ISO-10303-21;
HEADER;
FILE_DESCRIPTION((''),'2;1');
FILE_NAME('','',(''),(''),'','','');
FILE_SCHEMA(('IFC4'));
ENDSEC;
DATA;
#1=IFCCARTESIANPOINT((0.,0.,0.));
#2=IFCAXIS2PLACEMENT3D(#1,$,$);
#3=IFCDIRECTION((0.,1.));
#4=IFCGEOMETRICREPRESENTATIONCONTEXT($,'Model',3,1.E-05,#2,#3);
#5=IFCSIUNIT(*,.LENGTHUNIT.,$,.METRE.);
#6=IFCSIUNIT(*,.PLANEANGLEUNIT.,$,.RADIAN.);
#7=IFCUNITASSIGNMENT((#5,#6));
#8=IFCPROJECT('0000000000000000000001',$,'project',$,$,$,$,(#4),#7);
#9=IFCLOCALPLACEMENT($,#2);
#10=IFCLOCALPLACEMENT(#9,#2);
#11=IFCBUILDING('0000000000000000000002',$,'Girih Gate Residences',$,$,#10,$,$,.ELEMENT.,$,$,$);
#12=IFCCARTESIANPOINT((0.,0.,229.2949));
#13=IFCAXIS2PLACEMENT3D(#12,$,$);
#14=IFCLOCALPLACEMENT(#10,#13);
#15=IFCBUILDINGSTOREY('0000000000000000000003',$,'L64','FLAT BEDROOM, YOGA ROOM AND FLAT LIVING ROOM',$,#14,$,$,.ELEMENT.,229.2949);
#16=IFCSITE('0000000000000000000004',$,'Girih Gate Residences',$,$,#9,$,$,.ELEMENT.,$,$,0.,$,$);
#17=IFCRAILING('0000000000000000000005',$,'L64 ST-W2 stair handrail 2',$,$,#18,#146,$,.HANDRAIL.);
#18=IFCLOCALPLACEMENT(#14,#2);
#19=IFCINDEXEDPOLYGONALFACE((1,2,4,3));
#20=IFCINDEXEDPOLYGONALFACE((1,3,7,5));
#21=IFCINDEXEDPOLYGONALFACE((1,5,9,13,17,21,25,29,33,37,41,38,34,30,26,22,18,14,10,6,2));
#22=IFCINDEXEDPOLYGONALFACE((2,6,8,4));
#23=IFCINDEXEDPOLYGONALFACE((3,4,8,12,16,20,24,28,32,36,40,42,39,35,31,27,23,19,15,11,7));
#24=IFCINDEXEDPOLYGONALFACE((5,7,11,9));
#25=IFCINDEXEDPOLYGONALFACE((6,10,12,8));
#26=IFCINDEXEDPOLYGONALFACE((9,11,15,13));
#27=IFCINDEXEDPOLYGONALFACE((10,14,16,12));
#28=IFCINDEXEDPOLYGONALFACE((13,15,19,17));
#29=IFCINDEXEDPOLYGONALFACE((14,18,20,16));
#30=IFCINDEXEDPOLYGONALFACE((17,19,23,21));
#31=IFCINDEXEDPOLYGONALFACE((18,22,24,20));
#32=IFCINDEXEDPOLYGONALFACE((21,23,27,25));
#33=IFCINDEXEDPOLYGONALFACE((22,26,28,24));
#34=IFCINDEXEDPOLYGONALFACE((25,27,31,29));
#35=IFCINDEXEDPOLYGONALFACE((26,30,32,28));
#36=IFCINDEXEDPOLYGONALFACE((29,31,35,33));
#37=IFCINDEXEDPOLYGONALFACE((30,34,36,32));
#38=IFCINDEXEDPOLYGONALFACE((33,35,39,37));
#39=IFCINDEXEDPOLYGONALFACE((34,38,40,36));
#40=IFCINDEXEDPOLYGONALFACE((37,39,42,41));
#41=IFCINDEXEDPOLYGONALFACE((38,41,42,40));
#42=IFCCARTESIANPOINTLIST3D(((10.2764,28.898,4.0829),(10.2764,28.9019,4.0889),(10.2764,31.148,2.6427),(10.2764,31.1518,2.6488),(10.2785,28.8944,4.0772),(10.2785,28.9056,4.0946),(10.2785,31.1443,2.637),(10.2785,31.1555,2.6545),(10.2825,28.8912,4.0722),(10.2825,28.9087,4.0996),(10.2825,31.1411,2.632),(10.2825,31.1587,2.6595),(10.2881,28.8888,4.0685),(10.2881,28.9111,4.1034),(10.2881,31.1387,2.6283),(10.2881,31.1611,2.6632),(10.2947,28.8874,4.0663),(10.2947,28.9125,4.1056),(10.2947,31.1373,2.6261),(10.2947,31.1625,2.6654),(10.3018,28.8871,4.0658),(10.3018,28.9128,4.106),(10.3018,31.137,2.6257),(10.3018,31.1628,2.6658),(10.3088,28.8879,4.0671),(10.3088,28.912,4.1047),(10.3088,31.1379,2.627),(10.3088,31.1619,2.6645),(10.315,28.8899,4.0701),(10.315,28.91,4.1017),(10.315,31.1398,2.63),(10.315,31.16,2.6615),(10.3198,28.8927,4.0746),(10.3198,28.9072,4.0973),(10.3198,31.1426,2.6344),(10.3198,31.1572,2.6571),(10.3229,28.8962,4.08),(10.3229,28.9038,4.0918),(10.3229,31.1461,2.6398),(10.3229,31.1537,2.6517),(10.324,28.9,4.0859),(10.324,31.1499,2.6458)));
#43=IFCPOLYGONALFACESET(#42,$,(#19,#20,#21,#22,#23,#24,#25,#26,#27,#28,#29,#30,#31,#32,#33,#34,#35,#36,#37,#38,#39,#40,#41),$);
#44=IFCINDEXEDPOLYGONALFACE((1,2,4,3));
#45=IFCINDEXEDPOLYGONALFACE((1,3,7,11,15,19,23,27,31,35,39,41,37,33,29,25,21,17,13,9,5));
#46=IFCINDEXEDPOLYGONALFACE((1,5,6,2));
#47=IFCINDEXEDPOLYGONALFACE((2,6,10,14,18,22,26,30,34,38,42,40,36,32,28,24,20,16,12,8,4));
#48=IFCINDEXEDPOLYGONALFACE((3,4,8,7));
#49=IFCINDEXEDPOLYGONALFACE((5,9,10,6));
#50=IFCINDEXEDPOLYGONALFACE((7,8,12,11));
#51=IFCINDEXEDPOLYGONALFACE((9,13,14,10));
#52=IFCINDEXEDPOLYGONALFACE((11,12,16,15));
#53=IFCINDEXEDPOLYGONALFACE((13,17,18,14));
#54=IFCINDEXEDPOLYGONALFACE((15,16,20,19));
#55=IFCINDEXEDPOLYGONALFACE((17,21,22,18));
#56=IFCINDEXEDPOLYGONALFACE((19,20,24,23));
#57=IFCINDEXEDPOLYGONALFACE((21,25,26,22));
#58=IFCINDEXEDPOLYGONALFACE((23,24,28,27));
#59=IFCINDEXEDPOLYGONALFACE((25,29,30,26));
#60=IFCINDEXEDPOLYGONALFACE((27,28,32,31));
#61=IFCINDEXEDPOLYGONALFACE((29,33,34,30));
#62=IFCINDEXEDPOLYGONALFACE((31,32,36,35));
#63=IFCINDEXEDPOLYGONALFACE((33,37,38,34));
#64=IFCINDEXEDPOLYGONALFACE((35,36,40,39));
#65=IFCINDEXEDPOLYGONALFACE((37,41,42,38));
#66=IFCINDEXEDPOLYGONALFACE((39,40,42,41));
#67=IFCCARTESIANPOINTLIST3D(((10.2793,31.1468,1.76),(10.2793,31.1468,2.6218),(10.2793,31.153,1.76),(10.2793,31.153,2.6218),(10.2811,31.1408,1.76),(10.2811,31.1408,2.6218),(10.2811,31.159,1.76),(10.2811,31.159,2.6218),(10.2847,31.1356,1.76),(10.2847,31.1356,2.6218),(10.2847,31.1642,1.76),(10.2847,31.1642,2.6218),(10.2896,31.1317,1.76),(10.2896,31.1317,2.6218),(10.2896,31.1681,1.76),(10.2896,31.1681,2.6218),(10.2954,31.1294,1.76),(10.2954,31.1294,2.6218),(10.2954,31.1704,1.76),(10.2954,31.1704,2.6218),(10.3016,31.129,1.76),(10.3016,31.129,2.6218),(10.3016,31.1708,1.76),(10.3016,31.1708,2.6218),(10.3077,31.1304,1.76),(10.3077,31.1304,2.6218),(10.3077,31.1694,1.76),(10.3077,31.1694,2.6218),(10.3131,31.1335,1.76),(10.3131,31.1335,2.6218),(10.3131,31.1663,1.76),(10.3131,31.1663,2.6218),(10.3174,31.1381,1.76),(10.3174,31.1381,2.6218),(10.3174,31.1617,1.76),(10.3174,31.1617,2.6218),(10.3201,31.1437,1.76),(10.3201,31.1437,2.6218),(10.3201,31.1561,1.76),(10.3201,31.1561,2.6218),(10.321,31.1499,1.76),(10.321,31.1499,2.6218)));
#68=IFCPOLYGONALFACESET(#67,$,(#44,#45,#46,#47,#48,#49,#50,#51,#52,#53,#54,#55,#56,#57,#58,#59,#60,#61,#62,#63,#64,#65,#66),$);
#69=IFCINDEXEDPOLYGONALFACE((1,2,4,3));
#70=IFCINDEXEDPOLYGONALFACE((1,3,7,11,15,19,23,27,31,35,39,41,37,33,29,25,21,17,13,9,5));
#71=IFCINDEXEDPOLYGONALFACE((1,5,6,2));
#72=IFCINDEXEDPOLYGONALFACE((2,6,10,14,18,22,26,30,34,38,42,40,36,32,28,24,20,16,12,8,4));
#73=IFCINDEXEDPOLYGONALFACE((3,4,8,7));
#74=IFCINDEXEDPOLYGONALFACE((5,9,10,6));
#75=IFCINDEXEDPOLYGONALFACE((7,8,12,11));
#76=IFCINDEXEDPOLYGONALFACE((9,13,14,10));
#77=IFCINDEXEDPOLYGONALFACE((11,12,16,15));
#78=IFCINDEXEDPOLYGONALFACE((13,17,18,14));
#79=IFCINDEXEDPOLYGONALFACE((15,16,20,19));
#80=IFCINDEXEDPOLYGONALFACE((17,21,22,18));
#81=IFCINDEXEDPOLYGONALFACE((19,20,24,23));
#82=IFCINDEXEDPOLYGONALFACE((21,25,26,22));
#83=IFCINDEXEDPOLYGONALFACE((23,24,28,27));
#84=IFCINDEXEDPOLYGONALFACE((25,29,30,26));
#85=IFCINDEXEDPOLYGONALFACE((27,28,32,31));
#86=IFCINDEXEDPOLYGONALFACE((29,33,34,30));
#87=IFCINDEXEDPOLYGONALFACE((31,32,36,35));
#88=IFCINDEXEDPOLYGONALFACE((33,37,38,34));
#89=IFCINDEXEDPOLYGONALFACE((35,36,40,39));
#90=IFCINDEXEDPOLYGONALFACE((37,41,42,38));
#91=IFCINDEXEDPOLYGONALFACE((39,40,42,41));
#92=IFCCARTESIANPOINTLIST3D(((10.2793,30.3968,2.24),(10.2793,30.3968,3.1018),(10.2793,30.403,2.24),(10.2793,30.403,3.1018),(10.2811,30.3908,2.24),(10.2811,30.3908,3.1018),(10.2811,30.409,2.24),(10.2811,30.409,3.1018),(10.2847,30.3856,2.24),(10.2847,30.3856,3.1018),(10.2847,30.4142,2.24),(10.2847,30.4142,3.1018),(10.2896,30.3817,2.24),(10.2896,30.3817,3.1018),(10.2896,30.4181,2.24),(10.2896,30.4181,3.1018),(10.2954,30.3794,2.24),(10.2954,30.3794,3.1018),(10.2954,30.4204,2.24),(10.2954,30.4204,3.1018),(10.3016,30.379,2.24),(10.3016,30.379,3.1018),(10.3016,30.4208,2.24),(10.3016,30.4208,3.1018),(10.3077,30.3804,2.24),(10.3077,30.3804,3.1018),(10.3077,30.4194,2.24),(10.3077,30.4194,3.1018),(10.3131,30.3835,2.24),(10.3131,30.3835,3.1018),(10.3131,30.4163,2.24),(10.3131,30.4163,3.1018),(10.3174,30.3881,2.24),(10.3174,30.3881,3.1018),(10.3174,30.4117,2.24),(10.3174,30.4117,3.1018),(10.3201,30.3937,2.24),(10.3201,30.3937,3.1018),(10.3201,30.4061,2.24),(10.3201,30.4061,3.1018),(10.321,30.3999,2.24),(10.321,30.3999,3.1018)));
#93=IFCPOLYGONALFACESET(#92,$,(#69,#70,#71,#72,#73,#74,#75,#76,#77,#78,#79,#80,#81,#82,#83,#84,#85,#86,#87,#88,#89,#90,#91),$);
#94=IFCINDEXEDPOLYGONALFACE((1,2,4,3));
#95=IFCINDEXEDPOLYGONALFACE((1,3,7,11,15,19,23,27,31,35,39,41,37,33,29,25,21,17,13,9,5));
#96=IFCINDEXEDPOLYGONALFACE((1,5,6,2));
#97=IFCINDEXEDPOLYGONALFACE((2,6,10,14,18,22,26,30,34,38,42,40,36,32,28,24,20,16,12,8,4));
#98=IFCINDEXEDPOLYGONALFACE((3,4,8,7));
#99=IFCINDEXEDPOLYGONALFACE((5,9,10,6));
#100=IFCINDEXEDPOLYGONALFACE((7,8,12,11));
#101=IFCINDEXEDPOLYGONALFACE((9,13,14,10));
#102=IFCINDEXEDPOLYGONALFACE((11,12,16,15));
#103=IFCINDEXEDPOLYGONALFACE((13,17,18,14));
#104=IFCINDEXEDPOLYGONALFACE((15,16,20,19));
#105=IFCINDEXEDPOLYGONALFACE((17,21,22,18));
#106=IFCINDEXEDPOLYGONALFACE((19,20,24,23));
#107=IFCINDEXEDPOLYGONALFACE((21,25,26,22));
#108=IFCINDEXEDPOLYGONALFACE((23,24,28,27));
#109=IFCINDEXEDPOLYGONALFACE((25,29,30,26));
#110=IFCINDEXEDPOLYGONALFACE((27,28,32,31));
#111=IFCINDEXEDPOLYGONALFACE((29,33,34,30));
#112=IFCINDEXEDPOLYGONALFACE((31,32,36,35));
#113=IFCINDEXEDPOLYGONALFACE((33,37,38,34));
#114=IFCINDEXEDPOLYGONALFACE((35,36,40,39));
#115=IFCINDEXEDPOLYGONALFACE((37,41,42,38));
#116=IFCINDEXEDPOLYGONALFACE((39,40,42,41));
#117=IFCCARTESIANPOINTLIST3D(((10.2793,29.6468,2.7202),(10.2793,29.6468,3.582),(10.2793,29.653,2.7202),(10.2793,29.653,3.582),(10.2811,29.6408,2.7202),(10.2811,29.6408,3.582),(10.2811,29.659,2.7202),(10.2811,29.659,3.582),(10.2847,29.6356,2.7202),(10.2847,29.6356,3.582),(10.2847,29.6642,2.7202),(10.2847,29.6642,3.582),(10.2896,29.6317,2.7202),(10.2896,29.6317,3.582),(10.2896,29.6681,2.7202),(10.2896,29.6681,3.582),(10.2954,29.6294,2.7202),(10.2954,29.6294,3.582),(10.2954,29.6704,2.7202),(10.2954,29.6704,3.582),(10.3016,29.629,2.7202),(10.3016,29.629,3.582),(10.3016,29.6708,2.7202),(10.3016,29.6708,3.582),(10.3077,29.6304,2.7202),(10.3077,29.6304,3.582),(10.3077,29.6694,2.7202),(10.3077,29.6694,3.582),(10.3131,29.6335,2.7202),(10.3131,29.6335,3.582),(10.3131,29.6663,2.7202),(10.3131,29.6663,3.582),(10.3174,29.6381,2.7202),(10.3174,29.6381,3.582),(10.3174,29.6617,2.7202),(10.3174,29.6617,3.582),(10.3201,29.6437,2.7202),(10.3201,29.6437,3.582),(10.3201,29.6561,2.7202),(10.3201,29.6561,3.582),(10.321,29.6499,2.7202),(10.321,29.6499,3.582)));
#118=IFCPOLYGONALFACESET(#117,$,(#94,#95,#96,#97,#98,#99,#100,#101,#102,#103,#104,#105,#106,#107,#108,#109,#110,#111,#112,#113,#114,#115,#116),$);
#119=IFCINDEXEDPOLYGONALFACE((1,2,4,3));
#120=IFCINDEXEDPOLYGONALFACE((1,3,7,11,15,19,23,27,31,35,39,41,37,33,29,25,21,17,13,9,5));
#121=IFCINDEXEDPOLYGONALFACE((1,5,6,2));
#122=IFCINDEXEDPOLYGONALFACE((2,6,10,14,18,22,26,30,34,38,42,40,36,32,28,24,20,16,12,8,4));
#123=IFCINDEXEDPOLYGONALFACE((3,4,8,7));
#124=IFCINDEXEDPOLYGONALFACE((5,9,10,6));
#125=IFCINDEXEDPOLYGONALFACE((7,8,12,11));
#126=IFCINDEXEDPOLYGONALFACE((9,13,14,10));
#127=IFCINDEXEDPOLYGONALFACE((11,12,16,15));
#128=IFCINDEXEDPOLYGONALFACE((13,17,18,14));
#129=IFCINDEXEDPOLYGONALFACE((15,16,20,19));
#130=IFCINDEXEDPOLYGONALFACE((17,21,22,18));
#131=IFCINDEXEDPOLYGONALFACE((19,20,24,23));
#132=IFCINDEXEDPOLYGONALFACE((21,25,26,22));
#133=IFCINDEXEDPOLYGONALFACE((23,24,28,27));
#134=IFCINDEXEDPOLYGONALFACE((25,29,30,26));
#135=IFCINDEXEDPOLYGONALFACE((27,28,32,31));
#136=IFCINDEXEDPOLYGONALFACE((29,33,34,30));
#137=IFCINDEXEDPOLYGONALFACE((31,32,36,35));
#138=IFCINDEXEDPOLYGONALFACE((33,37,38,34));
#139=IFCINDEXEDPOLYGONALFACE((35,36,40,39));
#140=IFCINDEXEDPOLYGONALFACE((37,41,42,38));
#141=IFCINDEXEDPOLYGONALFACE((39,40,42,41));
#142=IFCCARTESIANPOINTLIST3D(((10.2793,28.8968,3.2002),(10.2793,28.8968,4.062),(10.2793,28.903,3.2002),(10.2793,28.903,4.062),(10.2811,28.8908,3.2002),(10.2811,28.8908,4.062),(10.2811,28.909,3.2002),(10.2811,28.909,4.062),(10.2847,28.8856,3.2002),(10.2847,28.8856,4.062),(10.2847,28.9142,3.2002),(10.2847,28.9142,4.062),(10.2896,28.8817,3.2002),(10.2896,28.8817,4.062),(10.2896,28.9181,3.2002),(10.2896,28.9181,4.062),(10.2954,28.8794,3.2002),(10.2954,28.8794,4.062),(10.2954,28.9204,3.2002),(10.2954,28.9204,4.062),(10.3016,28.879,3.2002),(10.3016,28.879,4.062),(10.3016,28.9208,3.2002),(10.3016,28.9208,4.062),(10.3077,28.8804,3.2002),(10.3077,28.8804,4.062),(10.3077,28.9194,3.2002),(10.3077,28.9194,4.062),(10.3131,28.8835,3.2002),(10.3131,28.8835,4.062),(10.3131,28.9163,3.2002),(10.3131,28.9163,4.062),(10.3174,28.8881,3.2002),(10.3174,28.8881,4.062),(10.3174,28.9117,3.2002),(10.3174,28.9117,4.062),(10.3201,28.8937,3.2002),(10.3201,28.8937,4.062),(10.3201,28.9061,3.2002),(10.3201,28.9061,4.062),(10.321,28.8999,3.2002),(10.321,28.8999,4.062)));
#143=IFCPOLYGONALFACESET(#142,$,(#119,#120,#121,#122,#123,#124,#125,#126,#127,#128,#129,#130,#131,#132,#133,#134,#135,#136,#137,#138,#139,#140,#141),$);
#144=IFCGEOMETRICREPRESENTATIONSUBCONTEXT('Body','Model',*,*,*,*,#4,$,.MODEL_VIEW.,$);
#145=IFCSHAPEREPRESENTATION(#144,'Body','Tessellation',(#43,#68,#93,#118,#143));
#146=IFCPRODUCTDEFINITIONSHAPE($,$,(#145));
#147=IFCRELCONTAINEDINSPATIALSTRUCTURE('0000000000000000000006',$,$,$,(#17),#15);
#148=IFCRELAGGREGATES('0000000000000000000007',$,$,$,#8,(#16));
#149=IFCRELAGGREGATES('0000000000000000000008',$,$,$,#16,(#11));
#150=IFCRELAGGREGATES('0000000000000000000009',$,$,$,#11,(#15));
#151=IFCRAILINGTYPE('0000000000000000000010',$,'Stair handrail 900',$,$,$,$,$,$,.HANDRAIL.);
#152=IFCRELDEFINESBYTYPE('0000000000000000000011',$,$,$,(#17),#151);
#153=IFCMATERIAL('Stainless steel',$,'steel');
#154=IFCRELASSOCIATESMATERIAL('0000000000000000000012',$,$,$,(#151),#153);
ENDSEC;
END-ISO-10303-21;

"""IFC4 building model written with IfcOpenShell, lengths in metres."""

from ifc_helpers import new_model, si_unit, direction, frame, origin, origin_2d, place, context, subcontext, project, spatial, circle, extrude, material, type_object, element, save


model = new_model("IFC4")

# Units and contexts
model_context = context("Model", 3, precision=1e-05, world=origin(), true_north=direction((0.0, 1.0)))
body_context = subcontext(model_context, "Body", "Model", "MODEL_VIEW")
ifc_project = project(units=[si_unit("LENGTHUNIT", "METRE"), si_unit("PLANEANGLEUNIT", "RADIAN")], contexts=[model_context])

# Site, building, storey
site_placement = place(None, origin())
site = spatial("IfcSite", under=ifc_project, at=site_placement, Name="Girih Gate Residences", CompositionType="ELEMENT", RefElevation=0.0)
building_placement = place(site_placement, origin())
building = spatial("IfcBuilding", under=site, at=building_placement, Name="Girih Gate Residences", CompositionType="ELEMENT")
storey_placement = place(building_placement, frame((0.0, 0.0, 229.2949)))
storey = spatial("IfcBuildingStorey", under=building, at=storey_placement, Name="L64", Description="FLAT BEDROOM, YOGA ROOM AND FLAT LIVING ROOM", CompositionType="ELEMENT", Elevation=229.2949)

# Railing
ifc_material_1 = material(Name="Stainless steel", Category="steel")
railing_type_1 = type_object("IfcRailingType", Name="Stair handrail 900", PredefinedType="HANDRAIL", material=ifc_material_1)
railing_1_placement = place(storey_placement, frame((10.3, 31.1499, 1.76)))
element("IfcRailing", 1, at=railing_1_placement, inside=storey, type_object=railing_type_1, Name="L64 ST-W2 stair handrail 2", PredefinedType="HANDRAIL", context=body_context, shape_type="SweptSolid", body=[
    extrude(circle(Radius=0.0239, at=origin_2d()), frame((0.0, 0.0, 0.8857), z_axis=(0.0, -0.84224, 0.539103), x_axis=(1.0, 0.0, 0.0)), (0.0, 0.0, 1.0), 2.6714),
    extrude(circle(Radius=0.021, at=origin_2d()), origin(), (0.0, 0.0, 1.0), 0.8618),
    extrude(circle(Radius=0.021, at=origin_2d()), frame((0.0, -0.75, 0.48)), (0.0, 0.0, 1.0), 0.8618),
    extrude(circle(Radius=0.021, at=origin_2d()), frame((0.0, -1.5, 0.9602)), (0.0, 0.0, 1.0), 0.8618),
    extrude(circle(Radius=0.021, at=origin_2d()), frame((0.0, -2.25, 1.4402)), (0.0, 0.0, 1.0), 0.8618),
])

save(model, "model.ifc")
